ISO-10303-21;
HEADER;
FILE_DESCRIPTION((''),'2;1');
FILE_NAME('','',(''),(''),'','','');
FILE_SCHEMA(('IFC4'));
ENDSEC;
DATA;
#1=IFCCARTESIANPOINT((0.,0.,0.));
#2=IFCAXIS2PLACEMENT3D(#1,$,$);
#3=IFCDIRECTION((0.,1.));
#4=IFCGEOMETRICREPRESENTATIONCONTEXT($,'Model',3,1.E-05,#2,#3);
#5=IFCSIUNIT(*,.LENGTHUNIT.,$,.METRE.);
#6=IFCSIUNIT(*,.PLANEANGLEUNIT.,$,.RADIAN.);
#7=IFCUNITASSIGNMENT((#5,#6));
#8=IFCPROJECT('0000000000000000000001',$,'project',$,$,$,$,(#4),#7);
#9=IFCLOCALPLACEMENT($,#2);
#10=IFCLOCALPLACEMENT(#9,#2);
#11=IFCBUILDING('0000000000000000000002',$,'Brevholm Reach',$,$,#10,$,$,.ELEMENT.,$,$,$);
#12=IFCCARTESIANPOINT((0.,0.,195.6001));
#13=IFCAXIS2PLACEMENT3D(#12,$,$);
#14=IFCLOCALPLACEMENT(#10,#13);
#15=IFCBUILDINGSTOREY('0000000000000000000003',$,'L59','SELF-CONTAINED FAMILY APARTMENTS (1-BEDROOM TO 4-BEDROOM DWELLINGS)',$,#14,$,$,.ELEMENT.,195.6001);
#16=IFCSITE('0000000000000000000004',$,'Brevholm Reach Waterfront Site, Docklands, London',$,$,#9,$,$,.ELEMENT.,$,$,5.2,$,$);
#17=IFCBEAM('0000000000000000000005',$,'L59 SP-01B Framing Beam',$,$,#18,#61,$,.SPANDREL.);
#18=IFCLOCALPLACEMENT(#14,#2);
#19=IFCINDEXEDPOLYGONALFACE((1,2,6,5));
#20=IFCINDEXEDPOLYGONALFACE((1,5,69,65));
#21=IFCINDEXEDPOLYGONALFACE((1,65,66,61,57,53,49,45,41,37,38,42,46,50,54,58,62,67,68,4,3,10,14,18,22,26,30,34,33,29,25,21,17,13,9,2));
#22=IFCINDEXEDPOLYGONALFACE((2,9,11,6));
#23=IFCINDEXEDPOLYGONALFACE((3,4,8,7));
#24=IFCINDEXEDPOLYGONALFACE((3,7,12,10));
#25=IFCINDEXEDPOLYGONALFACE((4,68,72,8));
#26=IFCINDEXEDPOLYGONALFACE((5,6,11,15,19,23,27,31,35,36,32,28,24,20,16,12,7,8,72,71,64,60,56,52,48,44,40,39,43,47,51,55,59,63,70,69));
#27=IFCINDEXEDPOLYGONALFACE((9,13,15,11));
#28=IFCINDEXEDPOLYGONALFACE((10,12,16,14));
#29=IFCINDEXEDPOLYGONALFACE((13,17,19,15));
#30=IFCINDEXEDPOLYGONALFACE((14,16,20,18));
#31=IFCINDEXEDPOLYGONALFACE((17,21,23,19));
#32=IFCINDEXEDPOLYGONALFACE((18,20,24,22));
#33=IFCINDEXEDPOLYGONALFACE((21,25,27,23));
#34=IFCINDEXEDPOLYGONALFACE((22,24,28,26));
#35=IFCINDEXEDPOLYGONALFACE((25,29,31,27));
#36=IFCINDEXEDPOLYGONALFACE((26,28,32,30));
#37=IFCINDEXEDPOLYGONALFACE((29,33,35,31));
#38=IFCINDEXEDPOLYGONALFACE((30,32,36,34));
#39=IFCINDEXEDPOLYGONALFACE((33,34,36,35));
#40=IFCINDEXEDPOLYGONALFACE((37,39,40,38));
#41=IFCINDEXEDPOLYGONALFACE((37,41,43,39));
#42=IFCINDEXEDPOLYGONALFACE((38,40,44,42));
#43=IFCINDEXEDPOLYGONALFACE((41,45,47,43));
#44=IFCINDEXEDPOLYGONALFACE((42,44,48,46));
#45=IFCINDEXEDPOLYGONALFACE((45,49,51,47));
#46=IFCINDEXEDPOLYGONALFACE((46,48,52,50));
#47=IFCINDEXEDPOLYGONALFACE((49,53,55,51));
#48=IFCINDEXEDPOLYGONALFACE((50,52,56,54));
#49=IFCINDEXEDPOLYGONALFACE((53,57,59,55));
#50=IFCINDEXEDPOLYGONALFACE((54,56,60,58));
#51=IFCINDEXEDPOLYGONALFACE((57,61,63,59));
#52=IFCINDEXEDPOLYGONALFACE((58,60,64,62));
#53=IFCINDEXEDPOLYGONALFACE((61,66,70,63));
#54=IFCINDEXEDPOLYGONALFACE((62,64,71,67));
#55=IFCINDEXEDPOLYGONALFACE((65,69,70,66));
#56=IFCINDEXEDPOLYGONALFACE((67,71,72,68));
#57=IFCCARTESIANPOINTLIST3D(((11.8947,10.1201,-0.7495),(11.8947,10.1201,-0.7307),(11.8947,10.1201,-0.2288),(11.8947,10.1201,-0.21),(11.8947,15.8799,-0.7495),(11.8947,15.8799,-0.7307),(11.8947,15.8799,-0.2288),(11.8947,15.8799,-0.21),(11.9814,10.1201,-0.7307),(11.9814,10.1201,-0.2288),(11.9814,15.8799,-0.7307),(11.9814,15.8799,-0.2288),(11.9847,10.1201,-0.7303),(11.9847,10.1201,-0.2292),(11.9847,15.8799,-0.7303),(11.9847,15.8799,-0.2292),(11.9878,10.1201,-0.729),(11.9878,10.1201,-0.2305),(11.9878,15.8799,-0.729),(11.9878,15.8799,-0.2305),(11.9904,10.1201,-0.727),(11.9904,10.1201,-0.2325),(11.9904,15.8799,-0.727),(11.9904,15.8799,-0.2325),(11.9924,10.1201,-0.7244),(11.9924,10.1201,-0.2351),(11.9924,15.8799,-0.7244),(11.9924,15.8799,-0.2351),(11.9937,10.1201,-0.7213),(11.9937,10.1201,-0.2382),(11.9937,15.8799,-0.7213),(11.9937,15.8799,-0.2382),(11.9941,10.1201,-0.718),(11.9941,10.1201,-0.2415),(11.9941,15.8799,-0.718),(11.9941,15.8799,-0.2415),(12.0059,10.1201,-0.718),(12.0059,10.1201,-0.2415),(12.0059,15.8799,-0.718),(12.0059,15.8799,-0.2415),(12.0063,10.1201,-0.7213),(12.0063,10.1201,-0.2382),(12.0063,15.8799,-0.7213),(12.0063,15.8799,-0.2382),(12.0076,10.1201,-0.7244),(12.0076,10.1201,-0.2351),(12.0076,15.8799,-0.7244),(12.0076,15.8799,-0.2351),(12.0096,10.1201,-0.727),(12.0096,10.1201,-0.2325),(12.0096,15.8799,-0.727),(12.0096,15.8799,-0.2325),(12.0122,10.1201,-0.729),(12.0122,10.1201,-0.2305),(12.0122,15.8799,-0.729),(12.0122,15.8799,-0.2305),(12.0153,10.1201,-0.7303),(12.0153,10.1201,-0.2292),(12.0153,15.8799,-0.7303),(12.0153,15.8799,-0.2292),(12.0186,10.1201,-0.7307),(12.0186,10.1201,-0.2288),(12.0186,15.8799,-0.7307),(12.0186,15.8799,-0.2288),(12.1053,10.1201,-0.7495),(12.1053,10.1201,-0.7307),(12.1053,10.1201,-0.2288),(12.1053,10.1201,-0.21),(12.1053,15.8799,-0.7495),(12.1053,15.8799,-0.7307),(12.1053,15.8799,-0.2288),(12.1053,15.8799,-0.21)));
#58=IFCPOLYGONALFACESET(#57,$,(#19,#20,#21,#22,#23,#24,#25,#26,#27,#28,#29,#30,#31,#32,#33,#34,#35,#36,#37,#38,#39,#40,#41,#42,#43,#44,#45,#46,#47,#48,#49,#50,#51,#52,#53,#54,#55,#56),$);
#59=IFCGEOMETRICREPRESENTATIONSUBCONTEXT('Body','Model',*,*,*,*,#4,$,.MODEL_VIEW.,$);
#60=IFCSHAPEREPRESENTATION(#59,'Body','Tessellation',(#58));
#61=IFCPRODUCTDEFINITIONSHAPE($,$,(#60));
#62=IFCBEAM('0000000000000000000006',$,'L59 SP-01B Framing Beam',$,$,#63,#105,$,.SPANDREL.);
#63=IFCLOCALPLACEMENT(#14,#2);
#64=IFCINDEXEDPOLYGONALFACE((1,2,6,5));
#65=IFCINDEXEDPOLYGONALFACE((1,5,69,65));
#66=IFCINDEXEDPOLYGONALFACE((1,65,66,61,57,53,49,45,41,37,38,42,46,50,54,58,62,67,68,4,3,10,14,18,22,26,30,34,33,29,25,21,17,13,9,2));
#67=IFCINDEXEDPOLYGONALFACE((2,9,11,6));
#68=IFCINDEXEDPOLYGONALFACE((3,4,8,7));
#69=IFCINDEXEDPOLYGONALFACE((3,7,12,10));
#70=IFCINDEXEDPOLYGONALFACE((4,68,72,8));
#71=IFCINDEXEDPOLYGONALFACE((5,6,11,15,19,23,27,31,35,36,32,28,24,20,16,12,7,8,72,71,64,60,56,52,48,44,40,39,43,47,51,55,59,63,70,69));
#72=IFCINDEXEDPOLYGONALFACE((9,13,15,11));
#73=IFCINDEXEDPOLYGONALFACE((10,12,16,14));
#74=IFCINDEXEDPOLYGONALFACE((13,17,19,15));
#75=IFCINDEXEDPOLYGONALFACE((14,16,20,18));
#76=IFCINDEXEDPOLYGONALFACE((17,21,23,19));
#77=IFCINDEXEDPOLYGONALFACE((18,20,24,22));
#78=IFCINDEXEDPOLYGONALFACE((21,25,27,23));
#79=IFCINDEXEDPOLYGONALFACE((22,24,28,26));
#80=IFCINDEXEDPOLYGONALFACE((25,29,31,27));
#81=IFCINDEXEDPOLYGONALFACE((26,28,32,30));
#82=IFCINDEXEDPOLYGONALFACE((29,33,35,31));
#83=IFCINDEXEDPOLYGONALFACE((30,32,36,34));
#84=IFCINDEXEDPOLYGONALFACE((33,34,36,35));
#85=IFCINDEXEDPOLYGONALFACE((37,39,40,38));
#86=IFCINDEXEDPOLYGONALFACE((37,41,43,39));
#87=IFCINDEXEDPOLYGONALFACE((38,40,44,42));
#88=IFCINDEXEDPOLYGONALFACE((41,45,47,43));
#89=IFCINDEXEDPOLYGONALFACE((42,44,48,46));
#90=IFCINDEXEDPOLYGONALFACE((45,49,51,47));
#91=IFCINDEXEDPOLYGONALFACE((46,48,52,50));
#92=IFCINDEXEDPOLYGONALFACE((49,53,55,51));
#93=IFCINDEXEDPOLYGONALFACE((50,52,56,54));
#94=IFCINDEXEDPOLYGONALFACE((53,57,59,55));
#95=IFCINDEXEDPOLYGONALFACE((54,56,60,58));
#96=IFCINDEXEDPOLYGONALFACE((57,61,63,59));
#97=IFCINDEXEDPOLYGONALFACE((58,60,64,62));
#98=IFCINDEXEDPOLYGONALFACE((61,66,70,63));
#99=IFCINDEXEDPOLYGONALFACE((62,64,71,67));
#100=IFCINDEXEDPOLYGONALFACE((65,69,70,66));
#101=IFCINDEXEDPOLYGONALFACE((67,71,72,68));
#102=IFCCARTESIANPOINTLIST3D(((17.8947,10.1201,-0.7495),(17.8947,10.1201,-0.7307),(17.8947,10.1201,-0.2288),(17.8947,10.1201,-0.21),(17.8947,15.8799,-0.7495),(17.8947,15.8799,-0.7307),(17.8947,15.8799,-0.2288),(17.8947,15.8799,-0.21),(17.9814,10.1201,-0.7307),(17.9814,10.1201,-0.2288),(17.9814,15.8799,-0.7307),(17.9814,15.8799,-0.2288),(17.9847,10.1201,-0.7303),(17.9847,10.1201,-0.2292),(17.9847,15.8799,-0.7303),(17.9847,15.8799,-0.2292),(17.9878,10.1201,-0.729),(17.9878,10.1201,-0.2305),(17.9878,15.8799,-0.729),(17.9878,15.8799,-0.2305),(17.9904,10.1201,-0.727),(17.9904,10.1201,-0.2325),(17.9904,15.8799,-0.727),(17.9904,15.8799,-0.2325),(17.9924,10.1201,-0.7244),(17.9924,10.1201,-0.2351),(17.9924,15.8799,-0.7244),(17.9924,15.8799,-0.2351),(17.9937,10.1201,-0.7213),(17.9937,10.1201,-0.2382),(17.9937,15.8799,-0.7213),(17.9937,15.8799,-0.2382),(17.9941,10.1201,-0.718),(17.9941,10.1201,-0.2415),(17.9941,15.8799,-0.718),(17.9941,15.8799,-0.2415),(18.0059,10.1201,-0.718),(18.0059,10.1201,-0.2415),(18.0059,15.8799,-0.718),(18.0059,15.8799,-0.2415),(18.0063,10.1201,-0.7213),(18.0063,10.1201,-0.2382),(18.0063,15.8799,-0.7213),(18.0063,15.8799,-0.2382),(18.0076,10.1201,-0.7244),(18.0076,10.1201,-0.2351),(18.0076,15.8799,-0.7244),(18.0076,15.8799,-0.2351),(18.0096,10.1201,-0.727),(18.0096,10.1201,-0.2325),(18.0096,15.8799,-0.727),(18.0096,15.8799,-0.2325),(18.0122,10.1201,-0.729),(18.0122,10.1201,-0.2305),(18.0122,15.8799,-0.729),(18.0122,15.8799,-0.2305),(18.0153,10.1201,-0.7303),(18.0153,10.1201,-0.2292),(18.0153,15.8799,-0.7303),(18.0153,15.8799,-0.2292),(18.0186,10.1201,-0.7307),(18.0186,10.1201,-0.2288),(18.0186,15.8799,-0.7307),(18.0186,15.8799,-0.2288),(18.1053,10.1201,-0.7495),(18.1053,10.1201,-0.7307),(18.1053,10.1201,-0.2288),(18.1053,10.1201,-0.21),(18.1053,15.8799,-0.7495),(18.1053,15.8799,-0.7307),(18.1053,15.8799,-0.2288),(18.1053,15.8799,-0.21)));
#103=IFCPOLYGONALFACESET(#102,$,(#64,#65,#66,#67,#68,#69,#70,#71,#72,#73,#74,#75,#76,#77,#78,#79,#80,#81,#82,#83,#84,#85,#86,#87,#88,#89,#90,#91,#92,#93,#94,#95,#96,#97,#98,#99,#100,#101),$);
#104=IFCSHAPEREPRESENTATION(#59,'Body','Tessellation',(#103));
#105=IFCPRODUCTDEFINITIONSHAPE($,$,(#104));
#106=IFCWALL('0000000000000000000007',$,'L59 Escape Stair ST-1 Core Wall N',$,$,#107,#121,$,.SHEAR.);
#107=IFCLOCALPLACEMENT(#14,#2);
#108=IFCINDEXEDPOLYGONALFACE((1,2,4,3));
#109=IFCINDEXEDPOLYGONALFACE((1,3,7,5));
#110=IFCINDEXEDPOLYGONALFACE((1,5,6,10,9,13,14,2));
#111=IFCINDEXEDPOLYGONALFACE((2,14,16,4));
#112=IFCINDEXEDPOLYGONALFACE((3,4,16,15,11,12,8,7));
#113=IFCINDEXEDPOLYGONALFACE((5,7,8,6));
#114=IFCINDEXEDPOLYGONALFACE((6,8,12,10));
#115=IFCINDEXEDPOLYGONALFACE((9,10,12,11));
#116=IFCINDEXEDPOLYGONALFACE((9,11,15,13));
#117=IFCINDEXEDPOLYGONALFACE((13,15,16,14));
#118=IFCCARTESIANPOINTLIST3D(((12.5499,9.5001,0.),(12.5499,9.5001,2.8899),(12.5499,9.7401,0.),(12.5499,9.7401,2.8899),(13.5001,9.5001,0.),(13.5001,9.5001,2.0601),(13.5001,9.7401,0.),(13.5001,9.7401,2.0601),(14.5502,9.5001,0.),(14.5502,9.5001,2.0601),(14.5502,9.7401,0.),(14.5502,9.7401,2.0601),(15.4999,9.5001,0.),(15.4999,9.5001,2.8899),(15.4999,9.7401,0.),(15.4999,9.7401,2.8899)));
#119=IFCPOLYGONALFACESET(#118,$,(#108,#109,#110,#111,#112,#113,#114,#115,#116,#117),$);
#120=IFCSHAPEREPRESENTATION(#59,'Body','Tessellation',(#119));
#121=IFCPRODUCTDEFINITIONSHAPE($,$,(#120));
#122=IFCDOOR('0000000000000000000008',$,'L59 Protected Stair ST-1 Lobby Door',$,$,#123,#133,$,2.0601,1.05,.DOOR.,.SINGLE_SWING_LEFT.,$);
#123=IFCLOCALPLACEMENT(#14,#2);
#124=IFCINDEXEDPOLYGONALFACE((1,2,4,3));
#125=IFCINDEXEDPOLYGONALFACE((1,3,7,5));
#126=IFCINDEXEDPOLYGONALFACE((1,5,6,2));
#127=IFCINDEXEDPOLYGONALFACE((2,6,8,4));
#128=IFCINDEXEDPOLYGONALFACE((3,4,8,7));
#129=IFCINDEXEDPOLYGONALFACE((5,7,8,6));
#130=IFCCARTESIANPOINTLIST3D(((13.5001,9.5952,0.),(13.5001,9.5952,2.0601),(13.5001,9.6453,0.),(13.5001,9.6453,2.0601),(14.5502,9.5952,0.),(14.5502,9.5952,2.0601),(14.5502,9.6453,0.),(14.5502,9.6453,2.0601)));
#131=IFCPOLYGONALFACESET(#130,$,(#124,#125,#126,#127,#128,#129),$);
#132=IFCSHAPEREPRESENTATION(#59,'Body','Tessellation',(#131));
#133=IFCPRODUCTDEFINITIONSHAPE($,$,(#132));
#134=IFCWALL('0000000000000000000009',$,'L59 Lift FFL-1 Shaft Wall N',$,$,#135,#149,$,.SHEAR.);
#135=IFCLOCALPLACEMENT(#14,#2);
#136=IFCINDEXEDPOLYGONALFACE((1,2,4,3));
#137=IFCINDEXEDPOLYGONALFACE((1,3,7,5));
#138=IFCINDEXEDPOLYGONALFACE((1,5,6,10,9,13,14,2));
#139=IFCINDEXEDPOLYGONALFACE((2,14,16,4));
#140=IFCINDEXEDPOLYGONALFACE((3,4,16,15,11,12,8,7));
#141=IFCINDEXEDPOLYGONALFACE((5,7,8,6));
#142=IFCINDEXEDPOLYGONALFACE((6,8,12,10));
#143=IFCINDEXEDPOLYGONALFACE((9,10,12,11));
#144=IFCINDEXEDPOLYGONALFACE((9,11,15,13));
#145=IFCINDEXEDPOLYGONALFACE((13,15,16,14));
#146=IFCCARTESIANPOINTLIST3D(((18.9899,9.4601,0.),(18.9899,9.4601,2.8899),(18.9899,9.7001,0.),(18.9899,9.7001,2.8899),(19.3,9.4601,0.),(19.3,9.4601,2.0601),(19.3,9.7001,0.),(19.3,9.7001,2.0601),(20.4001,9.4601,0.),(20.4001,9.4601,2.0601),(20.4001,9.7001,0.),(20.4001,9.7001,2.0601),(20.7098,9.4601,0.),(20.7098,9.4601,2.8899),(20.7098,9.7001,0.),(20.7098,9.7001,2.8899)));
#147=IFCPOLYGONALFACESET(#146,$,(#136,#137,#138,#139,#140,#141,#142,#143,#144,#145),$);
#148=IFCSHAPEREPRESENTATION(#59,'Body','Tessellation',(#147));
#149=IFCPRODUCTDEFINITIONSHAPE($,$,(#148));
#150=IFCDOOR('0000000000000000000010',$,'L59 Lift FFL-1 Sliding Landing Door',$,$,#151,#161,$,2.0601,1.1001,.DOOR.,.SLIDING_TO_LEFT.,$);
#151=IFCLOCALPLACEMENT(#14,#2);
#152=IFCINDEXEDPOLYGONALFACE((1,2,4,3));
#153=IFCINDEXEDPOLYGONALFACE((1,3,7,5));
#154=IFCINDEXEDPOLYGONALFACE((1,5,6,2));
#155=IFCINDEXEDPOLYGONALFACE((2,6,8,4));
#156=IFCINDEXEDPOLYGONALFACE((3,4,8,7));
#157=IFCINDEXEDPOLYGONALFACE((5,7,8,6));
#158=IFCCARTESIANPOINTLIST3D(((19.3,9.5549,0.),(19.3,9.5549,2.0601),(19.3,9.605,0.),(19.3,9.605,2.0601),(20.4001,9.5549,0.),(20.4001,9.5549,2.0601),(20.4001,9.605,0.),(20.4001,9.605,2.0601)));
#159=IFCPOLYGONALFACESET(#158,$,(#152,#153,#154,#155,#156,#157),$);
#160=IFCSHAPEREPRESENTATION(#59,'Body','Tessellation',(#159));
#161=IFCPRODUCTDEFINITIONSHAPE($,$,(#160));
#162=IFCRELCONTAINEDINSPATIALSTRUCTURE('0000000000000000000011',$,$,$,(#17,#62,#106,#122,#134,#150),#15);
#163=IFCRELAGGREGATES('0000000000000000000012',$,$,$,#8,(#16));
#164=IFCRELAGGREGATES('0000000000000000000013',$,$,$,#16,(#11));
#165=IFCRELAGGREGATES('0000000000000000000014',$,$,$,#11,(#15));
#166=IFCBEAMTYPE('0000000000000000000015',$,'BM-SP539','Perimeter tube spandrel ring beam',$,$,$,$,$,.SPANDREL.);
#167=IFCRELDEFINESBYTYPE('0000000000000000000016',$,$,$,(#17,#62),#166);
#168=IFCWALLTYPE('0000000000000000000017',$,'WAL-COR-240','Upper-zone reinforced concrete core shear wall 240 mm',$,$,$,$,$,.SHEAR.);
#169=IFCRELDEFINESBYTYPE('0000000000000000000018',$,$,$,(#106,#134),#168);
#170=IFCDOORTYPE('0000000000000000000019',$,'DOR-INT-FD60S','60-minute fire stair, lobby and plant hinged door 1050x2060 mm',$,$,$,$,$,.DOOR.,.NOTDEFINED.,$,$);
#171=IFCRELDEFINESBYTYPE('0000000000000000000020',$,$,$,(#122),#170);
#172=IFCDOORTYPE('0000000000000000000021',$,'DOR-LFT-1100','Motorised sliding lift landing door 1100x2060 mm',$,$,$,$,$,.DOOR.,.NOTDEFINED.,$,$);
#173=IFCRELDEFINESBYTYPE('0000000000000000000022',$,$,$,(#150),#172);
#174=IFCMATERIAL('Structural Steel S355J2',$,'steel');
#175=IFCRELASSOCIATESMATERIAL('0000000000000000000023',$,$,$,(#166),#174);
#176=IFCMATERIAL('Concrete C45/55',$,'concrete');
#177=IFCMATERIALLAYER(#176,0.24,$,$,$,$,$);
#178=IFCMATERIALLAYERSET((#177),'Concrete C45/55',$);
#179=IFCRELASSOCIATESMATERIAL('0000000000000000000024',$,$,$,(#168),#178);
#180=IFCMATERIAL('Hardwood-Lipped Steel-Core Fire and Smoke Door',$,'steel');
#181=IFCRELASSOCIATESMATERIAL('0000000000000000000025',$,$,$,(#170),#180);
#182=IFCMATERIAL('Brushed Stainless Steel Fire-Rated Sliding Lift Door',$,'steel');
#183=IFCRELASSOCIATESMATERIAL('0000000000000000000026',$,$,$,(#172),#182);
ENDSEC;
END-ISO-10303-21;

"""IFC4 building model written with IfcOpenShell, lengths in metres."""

from ifc_helpers import new_model, si_unit, direction, frame, frame_2d, origin, origin_2d, place, context, subcontext, project, spatial, rectangle, i_section, extrude, material, layer, layer_set, material_profile, profile_set, type_object, element, fill, save


model = new_model("IFC4")

# Units and contexts
model_context = context("Model", 3, precision=1e-05, world=origin(), true_north=direction((0.0, 1.0)))
body_context = subcontext(model_context, "Body", "Model", "MODEL_VIEW")
ifc_project = project(units=[si_unit("LENGTHUNIT", "METRE"), si_unit("PLANEANGLEUNIT", "RADIAN")], contexts=[model_context])

# Site, building, storey
site_placement = place(None, origin())
site = spatial("IfcSite", under=ifc_project, at=site_placement, Name="Brevholm Reach Waterfront Site, Docklands, London", CompositionType="ELEMENT", RefElevation=5.2)
building_placement = place(site_placement, origin())
building = spatial("IfcBuilding", under=site, at=building_placement, Name="Brevholm Reach", CompositionType="ELEMENT")
storey_placement = place(building_placement, frame((0.0, 0.0, 195.6001)))
storey = spatial("IfcBuildingStorey", under=building, at=storey_placement, Name="L59", Description="SELF-CONTAINED FAMILY APARTMENTS (1-BEDROOM TO 4-BEDROOM DWELLINGS)", CompositionType="ELEMENT", Elevation=195.6001)

# Beams
ifc_material_1 = material(Name="Structural Steel S355J2", Category="steel")
ifc_material_profile_1 = material_profile(ifc_material_1, i_section(OverallWidth=0.2107, OverallDepth=0.5396, WebThickness=0.0117, FlangeThickness=0.0188, FilletRadius=0.0127, at=origin_2d()), Name="UKB 533x210x109")
ifc_profile_set_1 = profile_set([ifc_material_profile_1], Name="Structural Steel S355J2")
beam_type = type_object("IfcBeamType", Name="BM-SP539", Description="Perimeter tube spandrel ring beam", PredefinedType="SPANDREL", material=ifc_profile_set_1)
for number, where, z_axis, x_axis, name in (
    (1, (12.0, 10.1201, -0.4797), (0.0, 1.0, 0.0), (-1.0, 0.0, 0.0), "L59 SP-01B Framing Beam"),
    (2, (18.0, 10.1201, -0.4797), (0.0, 1.0, 0.0), (-1.0, 0.0, 0.0), "L59 SP-01B Framing Beam"),
):
    element("IfcBeam", number, at=place(storey_placement, frame(where, z_axis=z_axis, x_axis=x_axis)), inside=storey, type_object=beam_type, Name=name, PredefinedType="SPANDREL", context=body_context, shape_type="SweptSolid", body=[
        extrude(i_section(OverallWidth=0.2107, OverallDepth=0.5396, WebThickness=0.0117, FlangeThickness=0.0188, FilletRadius=0.0127, at=origin_2d()), origin(), (0.0, 0.0, 1.0), 5.7598),
    ])

# Walls, openings, doors
ifc_material_2 = material(Name="Concrete C45/55", Category="concrete")
ifc_layer_1 = layer(ifc_material_2, 0.24)
ifc_layer_set_1 = layer_set([ifc_layer_1], Name="Concrete C45/55")
wall_type_1 = type_object("IfcWallType", Name="WAL-COR-240", Description="Upper-zone reinforced concrete core shear wall 240 mm", PredefinedType="SHEAR", material=ifc_layer_set_1)
wall_1_placement = place(storey_placement, frame((15.5, 9.6201, 0.0), z_axis=(0.0, 0.0, 1.0), x_axis=(-1.0, 0.0, 0.0)))
wall_1 = element("IfcWall", 3, at=wall_1_placement, inside=storey, type_object=wall_type_1, Name="L59 Escape Stair ST-1 Core Wall N", PredefinedType="SHEAR", context=body_context, shape_type="SweptSolid", body=[
    extrude(rectangle(XDim=2.95, YDim=0.24, at=frame_2d((1.4751, 0.0))), origin(), (0.0, 0.0, 1.0), 2.8899),
])
opening_1_placement = place(wall_1_placement, frame((0.95, 0.0, 0.0)))
opening_1 = element("IfcOpeningElement", 4, at=opening_1_placement, cuts=wall_1, PredefinedType="OPENING", context=body_context, shape_type="SweptSolid", body=[
    extrude(rectangle(XDim=1.05, YDim=2.0601, at=frame_2d((0.5249, 1.03))), frame((0.0, 0.1299, 0.0), z_axis=(0.0, -1.0, 0.0), x_axis=(1.0, 0.0, 0.0)), (0.0, 0.0, 1.0), 0.26),
])
ifc_material_3 = material(Name="Hardwood-Lipped Steel-Core Fire and Smoke Door", Category="steel")
door_type_1 = type_object("IfcDoorType", Name="DOR-INT-FD60S", Description="60-minute fire stair, lobby and plant hinged door 1050x2060 mm", OperationType="NOTDEFINED", PredefinedType="DOOR", material=ifc_material_3)
door_1_placement = place(opening_1_placement, origin())
door_1 = element("IfcDoor", 5, at=door_1_placement, inside=storey, type_object=door_type_1, Name="L59 Protected Stair ST-1 Lobby Door", OperationType="SINGLE_SWING_LEFT", OverallHeight=2.0601, OverallWidth=1.05, PredefinedType="DOOR", context=body_context, shape_type="SweptSolid", body=[
    extrude(rectangle(XDim=1.05, YDim=2.0601, at=frame_2d((0.5249, 1.03))), frame((0.0, 0.0249, 0.0), z_axis=(0.0, -1.0, 0.0), x_axis=(1.0, 0.0, 0.0)), (0.0, 0.0, 1.0), 0.05),
])
fill(opening_1, door_1)
wall_2_placement = place(storey_placement, frame((18.99, 9.5801, 0.0), z_axis=(0.0, 0.0, 1.0), x_axis=(1.0, 0.0, 0.0)))
wall_2 = element("IfcWall", 6, at=wall_2_placement, inside=storey, type_object=wall_type_1, Name="L59 Lift FFL-1 Shaft Wall N", PredefinedType="SHEAR", context=body_context, shape_type="SweptSolid", body=[
    extrude(rectangle(XDim=1.72, YDim=0.24, at=frame_2d((0.8599, 0.0))), origin(), (0.0, 0.0, 1.0), 2.8899),
])
opening_2_placement = place(wall_2_placement, frame((0.3101, 0.0, 0.0)))
opening_2 = element("IfcOpeningElement", 7, at=opening_2_placement, cuts=wall_2, PredefinedType="OPENING", context=body_context, shape_type="SweptSolid", body=[
    extrude(rectangle(XDim=1.1001, YDim=2.0601, at=frame_2d((0.55, 1.03))), frame((0.0, 0.1299, 0.0), z_axis=(0.0, -1.0, 0.0), x_axis=(1.0, 0.0, 0.0)), (0.0, 0.0, 1.0), 0.26),
])
ifc_material_4 = material(Name="Brushed Stainless Steel Fire-Rated Sliding Lift Door", Category="steel")
door_type_2 = type_object("IfcDoorType", Name="DOR-LFT-1100", Description="Motorised sliding lift landing door 1100x2060 mm", OperationType="NOTDEFINED", PredefinedType="DOOR", material=ifc_material_4)
door_2_placement = place(opening_2_placement, origin())
door_2 = element("IfcDoor", 8, at=door_2_placement, inside=storey, type_object=door_type_2, Name="L59 Lift FFL-1 Sliding Landing Door", OperationType="SLIDING_TO_LEFT", OverallHeight=2.0601, OverallWidth=1.1001, PredefinedType="DOOR", context=body_context, shape_type="SweptSolid", body=[
    extrude(rectangle(XDim=1.1001, YDim=2.0601, at=frame_2d((0.55, 1.03))), frame((0.0, 0.0249, 0.0), z_axis=(0.0, -1.0, 0.0), x_axis=(1.0, 0.0, 0.0)), (0.0, 0.0, 1.0), 0.05),
])
fill(opening_2, door_2)

save(model, "model.ifc")
